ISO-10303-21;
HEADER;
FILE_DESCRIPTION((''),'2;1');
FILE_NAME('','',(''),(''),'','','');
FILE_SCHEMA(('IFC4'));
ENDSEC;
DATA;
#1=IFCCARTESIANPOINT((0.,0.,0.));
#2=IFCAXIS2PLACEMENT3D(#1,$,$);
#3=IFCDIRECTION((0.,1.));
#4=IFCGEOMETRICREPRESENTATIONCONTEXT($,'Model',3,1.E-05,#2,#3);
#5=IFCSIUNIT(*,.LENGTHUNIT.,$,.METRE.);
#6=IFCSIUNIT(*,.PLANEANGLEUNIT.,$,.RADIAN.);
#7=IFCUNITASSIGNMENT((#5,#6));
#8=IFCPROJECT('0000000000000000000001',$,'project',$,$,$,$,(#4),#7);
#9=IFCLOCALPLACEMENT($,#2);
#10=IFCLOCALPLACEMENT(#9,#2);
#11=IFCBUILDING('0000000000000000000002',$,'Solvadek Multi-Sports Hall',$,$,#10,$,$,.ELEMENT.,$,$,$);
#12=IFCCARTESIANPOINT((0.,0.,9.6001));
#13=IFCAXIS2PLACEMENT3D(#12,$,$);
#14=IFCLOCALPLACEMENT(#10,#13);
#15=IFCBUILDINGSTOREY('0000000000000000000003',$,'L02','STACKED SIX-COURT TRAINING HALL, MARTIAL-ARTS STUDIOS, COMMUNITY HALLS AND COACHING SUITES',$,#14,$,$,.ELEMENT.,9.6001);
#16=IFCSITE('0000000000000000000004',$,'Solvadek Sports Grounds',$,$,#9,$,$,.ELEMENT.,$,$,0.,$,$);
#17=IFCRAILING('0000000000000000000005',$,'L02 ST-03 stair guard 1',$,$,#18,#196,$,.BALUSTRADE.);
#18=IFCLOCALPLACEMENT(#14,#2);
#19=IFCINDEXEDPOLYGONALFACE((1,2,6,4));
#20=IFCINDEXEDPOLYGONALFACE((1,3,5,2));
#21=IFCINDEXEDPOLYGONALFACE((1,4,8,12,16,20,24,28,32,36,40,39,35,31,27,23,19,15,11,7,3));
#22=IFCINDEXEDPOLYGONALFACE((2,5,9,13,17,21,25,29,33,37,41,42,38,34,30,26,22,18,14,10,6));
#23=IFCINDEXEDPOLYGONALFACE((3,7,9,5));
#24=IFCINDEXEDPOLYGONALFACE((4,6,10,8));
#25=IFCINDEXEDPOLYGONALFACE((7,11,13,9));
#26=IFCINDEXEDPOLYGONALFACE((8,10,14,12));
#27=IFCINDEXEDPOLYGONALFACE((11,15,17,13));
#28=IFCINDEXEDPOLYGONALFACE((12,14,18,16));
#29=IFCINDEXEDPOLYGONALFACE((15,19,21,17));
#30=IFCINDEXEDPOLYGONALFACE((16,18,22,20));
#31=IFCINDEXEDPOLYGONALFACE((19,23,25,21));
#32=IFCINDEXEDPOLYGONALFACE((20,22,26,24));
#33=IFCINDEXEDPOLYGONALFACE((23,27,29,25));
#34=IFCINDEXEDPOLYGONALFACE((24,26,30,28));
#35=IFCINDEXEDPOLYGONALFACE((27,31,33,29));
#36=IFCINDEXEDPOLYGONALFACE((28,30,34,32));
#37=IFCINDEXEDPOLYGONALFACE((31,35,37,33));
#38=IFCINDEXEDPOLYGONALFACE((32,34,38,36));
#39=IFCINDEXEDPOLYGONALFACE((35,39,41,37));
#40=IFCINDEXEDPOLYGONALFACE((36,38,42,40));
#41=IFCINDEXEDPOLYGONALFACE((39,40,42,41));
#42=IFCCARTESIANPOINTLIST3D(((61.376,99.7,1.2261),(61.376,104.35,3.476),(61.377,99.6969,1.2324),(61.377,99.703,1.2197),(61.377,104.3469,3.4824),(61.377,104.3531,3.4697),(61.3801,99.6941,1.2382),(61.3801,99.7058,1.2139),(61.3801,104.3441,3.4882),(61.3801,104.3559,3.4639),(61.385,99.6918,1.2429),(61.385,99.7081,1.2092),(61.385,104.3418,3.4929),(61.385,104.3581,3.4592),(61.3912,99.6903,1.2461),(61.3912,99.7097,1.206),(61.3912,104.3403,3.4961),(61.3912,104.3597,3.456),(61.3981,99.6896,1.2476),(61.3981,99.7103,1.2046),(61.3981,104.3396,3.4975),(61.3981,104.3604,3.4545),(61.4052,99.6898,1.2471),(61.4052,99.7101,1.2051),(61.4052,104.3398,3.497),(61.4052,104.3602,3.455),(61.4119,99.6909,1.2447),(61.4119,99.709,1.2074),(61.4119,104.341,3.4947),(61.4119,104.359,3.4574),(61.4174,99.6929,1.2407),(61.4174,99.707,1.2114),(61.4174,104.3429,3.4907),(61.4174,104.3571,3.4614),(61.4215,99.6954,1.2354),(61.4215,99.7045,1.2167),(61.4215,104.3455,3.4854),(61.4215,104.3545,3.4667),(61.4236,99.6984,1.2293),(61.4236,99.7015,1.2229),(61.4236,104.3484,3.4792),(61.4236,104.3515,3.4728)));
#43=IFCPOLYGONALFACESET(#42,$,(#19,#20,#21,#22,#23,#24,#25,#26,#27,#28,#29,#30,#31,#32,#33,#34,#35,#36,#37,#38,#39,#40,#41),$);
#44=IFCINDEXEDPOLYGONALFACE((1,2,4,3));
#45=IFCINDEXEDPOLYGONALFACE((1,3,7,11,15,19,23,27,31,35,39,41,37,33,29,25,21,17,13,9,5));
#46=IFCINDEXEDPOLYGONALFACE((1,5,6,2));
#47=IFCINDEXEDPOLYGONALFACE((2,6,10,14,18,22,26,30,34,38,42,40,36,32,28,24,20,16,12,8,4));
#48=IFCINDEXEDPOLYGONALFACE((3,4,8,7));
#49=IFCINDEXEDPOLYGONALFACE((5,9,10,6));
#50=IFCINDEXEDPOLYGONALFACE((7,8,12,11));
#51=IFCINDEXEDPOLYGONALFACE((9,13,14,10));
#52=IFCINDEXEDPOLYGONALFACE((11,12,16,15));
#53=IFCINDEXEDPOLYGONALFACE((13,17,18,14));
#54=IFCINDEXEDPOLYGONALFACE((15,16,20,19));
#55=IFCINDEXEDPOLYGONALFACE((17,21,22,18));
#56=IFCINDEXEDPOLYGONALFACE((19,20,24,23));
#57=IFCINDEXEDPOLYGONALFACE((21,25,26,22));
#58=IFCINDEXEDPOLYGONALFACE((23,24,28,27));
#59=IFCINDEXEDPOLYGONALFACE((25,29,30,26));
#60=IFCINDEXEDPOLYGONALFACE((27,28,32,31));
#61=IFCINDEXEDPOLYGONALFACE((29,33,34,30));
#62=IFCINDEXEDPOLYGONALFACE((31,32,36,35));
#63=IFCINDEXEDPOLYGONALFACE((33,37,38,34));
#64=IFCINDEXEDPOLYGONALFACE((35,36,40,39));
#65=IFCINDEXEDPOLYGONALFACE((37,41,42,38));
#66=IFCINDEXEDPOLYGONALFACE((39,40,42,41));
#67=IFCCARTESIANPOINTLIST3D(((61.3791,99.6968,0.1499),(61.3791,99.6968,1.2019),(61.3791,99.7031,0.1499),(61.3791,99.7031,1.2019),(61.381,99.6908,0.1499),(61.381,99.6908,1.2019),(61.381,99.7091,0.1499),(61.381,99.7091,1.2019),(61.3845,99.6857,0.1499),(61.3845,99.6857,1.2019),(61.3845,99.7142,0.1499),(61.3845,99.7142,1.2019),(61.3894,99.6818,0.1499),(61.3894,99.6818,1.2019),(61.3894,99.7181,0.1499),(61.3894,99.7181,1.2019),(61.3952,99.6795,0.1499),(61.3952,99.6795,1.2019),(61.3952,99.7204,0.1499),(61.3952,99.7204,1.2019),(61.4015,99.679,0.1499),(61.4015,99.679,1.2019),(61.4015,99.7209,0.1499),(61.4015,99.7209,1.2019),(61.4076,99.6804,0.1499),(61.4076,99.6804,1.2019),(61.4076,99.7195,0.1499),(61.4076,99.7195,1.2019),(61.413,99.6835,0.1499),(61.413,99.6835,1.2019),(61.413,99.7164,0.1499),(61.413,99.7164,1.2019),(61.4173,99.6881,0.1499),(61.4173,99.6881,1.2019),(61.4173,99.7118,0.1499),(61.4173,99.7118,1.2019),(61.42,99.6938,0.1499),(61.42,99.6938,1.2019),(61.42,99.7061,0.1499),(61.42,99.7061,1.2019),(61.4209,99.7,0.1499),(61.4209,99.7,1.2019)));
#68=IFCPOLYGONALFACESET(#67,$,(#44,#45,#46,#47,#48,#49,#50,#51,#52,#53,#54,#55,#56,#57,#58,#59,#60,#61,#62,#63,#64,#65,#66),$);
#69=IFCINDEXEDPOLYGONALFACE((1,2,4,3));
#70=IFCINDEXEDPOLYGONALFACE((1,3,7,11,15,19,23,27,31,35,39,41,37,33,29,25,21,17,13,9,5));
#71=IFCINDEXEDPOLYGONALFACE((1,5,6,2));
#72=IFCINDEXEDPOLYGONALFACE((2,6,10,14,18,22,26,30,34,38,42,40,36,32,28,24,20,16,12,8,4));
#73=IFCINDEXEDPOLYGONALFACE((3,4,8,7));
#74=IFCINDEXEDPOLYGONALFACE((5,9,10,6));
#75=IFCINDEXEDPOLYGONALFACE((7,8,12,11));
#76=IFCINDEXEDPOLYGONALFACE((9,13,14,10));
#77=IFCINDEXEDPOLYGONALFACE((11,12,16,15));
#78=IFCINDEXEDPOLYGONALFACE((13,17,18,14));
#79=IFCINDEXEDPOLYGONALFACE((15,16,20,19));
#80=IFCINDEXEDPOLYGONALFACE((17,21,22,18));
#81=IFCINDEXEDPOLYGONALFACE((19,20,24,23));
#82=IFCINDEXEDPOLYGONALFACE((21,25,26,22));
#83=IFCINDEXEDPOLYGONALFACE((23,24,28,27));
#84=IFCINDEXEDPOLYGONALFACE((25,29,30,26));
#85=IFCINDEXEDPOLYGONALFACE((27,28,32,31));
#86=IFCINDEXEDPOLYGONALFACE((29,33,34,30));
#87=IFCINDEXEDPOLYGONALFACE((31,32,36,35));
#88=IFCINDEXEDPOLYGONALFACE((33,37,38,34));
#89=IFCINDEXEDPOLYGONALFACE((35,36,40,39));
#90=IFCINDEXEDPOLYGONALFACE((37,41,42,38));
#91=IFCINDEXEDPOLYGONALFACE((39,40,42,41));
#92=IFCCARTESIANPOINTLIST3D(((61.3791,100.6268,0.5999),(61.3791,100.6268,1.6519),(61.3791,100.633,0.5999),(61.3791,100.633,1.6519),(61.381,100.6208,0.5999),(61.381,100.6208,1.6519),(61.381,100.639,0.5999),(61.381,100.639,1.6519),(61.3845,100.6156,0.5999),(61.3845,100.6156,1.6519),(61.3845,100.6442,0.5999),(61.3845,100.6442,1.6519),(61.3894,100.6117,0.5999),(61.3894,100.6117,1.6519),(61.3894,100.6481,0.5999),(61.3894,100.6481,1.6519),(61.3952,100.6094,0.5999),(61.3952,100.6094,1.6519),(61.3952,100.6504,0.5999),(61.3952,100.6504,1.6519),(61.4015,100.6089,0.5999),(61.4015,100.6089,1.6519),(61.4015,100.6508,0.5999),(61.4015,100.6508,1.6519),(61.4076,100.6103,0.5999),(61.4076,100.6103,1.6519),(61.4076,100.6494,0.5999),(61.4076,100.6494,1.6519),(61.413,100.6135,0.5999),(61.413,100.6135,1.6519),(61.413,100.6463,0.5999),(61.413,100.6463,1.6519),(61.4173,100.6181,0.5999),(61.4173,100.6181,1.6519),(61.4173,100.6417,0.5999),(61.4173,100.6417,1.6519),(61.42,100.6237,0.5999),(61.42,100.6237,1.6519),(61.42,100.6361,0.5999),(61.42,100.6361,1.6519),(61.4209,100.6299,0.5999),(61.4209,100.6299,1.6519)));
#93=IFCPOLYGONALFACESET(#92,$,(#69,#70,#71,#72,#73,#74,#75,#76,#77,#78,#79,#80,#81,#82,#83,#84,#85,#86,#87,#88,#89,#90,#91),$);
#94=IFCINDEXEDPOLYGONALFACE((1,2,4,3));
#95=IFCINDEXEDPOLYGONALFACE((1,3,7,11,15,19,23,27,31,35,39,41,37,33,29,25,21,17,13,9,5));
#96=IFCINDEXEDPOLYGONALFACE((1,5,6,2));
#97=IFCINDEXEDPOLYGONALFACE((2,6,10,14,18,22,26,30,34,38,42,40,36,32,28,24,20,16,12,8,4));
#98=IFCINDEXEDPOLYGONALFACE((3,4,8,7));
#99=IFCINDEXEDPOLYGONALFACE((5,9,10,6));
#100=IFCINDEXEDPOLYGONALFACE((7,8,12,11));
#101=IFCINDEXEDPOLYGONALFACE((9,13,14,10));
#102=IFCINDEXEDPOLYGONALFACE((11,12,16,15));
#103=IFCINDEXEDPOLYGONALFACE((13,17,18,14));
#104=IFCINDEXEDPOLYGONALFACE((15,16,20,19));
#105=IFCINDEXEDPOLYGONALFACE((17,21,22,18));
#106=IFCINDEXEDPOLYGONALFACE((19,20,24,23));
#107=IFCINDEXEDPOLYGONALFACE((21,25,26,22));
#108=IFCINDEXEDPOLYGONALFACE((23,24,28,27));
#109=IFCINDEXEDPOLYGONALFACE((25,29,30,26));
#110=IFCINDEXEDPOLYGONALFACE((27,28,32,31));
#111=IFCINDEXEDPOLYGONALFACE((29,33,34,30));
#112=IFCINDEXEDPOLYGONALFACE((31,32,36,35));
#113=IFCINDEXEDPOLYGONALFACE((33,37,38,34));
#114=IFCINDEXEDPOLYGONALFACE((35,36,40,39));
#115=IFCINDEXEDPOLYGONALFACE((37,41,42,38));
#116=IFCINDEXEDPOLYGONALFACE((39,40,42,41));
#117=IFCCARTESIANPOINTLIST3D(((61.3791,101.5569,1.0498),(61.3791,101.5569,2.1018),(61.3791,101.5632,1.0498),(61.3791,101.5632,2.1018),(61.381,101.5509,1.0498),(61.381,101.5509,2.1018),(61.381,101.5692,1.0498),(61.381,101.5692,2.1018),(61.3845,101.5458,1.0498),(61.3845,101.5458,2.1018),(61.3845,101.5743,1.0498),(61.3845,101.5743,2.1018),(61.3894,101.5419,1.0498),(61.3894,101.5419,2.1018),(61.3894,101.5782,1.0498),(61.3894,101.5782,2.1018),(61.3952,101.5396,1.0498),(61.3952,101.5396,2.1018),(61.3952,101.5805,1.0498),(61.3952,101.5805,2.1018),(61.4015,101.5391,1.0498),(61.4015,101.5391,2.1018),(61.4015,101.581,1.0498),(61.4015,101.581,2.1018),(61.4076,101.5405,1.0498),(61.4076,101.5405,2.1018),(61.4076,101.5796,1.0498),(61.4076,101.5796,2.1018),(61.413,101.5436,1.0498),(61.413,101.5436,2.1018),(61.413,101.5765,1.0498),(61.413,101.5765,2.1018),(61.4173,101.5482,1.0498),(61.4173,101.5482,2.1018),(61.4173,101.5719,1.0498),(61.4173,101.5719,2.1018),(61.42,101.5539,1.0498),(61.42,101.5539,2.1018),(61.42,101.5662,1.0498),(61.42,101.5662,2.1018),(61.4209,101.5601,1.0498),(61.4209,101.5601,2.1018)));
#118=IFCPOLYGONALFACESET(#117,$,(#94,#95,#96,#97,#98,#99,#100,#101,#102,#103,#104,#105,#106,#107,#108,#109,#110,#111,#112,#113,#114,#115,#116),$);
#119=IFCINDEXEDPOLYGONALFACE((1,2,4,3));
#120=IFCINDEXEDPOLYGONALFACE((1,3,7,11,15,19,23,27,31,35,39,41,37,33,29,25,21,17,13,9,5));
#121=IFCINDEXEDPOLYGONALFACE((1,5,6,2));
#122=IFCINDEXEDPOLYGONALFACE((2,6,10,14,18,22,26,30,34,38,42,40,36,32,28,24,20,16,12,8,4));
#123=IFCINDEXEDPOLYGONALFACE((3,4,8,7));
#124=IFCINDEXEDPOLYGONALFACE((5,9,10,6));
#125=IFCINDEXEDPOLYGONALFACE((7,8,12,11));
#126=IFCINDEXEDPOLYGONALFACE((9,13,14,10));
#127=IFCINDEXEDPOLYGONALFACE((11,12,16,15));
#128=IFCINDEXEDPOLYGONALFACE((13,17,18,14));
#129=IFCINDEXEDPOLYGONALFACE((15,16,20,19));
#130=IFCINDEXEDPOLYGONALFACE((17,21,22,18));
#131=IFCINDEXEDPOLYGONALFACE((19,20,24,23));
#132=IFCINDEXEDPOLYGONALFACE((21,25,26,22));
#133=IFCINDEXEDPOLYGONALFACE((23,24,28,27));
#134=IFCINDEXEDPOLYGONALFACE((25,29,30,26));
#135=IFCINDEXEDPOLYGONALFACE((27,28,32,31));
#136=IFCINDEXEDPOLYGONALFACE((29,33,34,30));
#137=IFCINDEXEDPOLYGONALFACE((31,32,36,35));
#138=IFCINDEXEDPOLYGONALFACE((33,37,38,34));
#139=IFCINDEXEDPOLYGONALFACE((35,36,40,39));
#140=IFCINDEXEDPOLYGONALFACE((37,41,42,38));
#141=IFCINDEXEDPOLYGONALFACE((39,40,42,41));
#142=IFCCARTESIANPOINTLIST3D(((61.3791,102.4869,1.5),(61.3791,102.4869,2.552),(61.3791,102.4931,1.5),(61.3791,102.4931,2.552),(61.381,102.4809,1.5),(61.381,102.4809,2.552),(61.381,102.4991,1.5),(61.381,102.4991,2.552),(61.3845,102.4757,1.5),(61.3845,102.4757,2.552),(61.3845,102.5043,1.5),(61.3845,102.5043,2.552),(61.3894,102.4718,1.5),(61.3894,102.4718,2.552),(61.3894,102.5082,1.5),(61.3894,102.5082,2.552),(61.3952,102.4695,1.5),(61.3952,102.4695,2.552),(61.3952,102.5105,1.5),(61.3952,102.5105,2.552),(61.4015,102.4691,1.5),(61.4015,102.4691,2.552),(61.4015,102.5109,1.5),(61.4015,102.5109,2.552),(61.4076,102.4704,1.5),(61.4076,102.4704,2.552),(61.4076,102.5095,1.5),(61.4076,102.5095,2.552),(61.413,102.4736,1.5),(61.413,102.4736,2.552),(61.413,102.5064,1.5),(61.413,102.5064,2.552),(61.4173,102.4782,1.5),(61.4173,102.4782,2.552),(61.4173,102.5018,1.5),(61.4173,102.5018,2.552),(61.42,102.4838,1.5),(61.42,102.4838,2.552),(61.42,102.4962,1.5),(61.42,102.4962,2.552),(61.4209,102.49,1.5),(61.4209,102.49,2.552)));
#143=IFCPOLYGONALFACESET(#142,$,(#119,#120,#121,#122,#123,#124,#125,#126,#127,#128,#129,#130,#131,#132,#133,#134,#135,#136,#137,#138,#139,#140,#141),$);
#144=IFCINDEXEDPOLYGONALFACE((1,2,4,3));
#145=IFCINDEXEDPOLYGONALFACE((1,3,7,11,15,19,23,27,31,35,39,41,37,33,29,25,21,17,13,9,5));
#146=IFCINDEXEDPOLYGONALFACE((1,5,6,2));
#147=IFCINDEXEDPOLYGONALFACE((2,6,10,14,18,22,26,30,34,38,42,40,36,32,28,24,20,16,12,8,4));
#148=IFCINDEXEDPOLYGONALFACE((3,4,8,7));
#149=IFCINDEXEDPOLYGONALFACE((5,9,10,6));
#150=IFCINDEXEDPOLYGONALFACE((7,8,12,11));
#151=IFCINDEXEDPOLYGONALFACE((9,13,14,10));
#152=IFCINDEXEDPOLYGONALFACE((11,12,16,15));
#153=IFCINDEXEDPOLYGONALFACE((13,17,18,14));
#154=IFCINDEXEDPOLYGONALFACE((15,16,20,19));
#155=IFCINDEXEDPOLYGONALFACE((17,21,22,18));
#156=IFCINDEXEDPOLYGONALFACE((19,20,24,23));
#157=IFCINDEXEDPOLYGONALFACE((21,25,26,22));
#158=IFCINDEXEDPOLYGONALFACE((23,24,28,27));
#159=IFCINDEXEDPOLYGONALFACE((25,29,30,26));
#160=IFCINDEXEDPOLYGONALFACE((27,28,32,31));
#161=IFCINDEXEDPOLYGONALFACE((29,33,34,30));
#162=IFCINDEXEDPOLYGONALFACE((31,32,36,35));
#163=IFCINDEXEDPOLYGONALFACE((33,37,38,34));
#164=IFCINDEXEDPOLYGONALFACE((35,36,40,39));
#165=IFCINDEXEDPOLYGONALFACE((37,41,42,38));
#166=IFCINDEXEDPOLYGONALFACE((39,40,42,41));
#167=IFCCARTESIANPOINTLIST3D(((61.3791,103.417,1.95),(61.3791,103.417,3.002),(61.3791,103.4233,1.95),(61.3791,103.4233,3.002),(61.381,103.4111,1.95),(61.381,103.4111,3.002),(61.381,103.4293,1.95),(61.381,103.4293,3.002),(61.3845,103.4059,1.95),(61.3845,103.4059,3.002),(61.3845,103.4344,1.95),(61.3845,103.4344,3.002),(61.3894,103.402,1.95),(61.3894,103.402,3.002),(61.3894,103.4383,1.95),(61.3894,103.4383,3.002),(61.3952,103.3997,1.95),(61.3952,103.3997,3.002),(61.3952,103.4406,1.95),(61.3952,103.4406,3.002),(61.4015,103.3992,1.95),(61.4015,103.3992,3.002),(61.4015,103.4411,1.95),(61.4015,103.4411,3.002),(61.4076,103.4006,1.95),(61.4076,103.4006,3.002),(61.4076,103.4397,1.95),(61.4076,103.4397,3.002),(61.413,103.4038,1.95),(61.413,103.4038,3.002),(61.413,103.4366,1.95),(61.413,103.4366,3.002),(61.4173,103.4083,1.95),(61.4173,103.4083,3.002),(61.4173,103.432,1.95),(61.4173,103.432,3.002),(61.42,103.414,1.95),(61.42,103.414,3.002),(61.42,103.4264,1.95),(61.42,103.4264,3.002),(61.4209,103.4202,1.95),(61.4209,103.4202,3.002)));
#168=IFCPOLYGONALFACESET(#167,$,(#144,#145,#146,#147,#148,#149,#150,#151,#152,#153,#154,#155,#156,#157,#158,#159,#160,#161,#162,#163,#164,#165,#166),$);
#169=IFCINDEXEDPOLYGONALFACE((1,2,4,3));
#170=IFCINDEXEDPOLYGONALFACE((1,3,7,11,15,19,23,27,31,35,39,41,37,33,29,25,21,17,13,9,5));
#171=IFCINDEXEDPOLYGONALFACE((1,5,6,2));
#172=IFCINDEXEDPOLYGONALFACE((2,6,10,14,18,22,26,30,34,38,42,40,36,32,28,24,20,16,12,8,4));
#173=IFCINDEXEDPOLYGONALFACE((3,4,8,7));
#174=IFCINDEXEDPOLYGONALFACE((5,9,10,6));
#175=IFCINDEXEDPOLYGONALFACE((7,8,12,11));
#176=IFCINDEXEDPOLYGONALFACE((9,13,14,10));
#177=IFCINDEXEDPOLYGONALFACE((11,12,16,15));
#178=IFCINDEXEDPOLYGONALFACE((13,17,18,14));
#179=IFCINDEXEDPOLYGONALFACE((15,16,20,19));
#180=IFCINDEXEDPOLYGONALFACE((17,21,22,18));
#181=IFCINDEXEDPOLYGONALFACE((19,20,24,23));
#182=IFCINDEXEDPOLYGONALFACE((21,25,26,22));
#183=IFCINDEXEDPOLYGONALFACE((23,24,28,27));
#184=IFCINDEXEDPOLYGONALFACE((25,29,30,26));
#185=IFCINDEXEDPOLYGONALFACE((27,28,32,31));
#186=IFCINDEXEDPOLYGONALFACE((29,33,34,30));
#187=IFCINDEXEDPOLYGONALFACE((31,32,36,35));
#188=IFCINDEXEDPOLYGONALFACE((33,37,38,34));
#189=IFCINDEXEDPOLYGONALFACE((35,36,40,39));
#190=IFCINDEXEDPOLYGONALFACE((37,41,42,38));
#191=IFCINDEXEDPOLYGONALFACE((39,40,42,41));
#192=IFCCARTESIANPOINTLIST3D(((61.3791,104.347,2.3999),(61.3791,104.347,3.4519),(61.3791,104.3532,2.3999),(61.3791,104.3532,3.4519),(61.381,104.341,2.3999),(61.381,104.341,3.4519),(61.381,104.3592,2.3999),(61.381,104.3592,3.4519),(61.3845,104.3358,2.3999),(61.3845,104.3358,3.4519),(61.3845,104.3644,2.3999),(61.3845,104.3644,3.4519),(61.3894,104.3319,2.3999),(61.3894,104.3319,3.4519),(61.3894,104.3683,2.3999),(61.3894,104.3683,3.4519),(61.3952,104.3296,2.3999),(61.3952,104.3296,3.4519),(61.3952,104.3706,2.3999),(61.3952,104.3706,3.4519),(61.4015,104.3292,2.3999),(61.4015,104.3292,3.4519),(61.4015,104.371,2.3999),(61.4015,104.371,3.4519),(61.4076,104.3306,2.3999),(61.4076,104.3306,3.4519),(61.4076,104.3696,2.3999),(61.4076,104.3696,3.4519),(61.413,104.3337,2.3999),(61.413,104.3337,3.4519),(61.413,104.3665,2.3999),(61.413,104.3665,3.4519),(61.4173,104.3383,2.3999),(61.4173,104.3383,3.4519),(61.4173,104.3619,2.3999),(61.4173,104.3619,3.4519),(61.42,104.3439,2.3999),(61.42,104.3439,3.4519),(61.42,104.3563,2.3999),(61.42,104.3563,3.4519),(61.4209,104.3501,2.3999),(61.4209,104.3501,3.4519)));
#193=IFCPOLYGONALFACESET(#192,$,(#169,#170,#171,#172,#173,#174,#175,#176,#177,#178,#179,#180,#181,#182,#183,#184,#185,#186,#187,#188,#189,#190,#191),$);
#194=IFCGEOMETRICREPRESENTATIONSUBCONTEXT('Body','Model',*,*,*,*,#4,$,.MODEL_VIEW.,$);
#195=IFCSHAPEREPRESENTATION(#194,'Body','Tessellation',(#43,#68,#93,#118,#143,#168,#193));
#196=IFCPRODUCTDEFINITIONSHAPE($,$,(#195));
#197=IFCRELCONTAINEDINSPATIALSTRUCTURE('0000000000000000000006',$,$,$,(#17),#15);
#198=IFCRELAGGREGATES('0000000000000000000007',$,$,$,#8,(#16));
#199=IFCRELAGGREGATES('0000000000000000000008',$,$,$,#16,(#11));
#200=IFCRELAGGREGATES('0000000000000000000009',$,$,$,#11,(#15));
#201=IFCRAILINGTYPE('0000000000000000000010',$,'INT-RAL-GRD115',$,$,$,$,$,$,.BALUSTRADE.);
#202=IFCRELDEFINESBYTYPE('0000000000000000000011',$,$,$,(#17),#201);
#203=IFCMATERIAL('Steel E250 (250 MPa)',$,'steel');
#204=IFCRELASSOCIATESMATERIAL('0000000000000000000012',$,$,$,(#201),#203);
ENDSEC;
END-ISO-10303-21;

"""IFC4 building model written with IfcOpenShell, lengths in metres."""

from ifc_helpers import new_model, si_unit, direction, frame, origin, origin_2d, place, context, subcontext, project, spatial, circle, extrude, material, type_object, element, save


model = new_model("IFC4")

# Units and contexts
model_context = context("Model", 3, precision=1e-05, world=origin(), true_north=direction((0.0, 1.0)))
body_context = subcontext(model_context, "Body", "Model", "MODEL_VIEW")
ifc_project = project(units=[si_unit("LENGTHUNIT", "METRE"), si_unit("PLANEANGLEUNIT", "RADIAN")], contexts=[model_context])

# Site, building, storey
site_placement = place(None, origin())
site = spatial("IfcSite", under=ifc_project, at=site_placement, Name="Solvadek Sports Grounds", CompositionType="ELEMENT", RefElevation=0.0)
building_placement = place(site_placement, origin())
building = spatial("IfcBuilding", under=site, at=building_placement, Name="Solvadek Multi-Sports Hall", CompositionType="ELEMENT")
storey_placement = place(building_placement, frame((0.0, 0.0, 9.6001)))
storey = spatial("IfcBuildingStorey", under=building, at=storey_placement, Name="L02", Description="STACKED SIX-COURT TRAINING HALL, MARTIAL-ARTS STUDIOS, COMMUNITY HALLS AND COACHING SUITES", CompositionType="ELEMENT", Elevation=9.6001)

# Shared definitions
ifc_material_1 = material(Name="Steel E250 (250 MPa)", Category="steel")

# Railing
railing_type_1 = type_object("IfcRailingType", Name="INT-RAL-GRD115", PredefinedType="BALUSTRADE", material=ifc_material_1)
railing_1_placement = place(storey_placement, frame((61.3999, 99.7, 0.1499)))
element("IfcRailing", 1, at=railing_1_placement, inside=storey, type_object=railing_type_1, Name="L02 ST-03 stair guard 1", PredefinedType="BALUSTRADE", context=body_context, shape_type="SweptSolid", body=[
    extrude(circle(Radius=0.0239, at=origin_2d()), frame((0.0, 0.0, 1.0762), z_axis=(0.0, 0.900165, 0.43555), x_axis=(-1.0, 0.0, 0.0)), (0.0, 0.0, 1.0), 5.1658),
    extrude(circle(Radius=0.021, at=origin_2d()), origin(), (0.0, 0.0, 1.0), 1.052),
    extrude(circle(Radius=0.021, at=origin_2d()), frame((0.0, 0.9299, 0.45)), (0.0, 0.0, 1.0), 1.052),
    extrude(circle(Radius=0.021, at=origin_2d()), frame((0.0, 1.8601, 0.8999)), (0.0, 0.0, 1.0), 1.052),
    extrude(circle(Radius=0.021, at=origin_2d()), frame((0.0, 2.79, 1.3501)), (0.0, 0.0, 1.0), 1.052),
    extrude(circle(Radius=0.021, at=origin_2d()), frame((0.0, 3.7202, 1.8)), (0.0, 0.0, 1.0), 1.052),
    extrude(circle(Radius=0.021, at=origin_2d()), frame((0.0, 4.6501, 2.25)), (0.0, 0.0, 1.0), 1.052),
])

save(model, "model.ifc")
